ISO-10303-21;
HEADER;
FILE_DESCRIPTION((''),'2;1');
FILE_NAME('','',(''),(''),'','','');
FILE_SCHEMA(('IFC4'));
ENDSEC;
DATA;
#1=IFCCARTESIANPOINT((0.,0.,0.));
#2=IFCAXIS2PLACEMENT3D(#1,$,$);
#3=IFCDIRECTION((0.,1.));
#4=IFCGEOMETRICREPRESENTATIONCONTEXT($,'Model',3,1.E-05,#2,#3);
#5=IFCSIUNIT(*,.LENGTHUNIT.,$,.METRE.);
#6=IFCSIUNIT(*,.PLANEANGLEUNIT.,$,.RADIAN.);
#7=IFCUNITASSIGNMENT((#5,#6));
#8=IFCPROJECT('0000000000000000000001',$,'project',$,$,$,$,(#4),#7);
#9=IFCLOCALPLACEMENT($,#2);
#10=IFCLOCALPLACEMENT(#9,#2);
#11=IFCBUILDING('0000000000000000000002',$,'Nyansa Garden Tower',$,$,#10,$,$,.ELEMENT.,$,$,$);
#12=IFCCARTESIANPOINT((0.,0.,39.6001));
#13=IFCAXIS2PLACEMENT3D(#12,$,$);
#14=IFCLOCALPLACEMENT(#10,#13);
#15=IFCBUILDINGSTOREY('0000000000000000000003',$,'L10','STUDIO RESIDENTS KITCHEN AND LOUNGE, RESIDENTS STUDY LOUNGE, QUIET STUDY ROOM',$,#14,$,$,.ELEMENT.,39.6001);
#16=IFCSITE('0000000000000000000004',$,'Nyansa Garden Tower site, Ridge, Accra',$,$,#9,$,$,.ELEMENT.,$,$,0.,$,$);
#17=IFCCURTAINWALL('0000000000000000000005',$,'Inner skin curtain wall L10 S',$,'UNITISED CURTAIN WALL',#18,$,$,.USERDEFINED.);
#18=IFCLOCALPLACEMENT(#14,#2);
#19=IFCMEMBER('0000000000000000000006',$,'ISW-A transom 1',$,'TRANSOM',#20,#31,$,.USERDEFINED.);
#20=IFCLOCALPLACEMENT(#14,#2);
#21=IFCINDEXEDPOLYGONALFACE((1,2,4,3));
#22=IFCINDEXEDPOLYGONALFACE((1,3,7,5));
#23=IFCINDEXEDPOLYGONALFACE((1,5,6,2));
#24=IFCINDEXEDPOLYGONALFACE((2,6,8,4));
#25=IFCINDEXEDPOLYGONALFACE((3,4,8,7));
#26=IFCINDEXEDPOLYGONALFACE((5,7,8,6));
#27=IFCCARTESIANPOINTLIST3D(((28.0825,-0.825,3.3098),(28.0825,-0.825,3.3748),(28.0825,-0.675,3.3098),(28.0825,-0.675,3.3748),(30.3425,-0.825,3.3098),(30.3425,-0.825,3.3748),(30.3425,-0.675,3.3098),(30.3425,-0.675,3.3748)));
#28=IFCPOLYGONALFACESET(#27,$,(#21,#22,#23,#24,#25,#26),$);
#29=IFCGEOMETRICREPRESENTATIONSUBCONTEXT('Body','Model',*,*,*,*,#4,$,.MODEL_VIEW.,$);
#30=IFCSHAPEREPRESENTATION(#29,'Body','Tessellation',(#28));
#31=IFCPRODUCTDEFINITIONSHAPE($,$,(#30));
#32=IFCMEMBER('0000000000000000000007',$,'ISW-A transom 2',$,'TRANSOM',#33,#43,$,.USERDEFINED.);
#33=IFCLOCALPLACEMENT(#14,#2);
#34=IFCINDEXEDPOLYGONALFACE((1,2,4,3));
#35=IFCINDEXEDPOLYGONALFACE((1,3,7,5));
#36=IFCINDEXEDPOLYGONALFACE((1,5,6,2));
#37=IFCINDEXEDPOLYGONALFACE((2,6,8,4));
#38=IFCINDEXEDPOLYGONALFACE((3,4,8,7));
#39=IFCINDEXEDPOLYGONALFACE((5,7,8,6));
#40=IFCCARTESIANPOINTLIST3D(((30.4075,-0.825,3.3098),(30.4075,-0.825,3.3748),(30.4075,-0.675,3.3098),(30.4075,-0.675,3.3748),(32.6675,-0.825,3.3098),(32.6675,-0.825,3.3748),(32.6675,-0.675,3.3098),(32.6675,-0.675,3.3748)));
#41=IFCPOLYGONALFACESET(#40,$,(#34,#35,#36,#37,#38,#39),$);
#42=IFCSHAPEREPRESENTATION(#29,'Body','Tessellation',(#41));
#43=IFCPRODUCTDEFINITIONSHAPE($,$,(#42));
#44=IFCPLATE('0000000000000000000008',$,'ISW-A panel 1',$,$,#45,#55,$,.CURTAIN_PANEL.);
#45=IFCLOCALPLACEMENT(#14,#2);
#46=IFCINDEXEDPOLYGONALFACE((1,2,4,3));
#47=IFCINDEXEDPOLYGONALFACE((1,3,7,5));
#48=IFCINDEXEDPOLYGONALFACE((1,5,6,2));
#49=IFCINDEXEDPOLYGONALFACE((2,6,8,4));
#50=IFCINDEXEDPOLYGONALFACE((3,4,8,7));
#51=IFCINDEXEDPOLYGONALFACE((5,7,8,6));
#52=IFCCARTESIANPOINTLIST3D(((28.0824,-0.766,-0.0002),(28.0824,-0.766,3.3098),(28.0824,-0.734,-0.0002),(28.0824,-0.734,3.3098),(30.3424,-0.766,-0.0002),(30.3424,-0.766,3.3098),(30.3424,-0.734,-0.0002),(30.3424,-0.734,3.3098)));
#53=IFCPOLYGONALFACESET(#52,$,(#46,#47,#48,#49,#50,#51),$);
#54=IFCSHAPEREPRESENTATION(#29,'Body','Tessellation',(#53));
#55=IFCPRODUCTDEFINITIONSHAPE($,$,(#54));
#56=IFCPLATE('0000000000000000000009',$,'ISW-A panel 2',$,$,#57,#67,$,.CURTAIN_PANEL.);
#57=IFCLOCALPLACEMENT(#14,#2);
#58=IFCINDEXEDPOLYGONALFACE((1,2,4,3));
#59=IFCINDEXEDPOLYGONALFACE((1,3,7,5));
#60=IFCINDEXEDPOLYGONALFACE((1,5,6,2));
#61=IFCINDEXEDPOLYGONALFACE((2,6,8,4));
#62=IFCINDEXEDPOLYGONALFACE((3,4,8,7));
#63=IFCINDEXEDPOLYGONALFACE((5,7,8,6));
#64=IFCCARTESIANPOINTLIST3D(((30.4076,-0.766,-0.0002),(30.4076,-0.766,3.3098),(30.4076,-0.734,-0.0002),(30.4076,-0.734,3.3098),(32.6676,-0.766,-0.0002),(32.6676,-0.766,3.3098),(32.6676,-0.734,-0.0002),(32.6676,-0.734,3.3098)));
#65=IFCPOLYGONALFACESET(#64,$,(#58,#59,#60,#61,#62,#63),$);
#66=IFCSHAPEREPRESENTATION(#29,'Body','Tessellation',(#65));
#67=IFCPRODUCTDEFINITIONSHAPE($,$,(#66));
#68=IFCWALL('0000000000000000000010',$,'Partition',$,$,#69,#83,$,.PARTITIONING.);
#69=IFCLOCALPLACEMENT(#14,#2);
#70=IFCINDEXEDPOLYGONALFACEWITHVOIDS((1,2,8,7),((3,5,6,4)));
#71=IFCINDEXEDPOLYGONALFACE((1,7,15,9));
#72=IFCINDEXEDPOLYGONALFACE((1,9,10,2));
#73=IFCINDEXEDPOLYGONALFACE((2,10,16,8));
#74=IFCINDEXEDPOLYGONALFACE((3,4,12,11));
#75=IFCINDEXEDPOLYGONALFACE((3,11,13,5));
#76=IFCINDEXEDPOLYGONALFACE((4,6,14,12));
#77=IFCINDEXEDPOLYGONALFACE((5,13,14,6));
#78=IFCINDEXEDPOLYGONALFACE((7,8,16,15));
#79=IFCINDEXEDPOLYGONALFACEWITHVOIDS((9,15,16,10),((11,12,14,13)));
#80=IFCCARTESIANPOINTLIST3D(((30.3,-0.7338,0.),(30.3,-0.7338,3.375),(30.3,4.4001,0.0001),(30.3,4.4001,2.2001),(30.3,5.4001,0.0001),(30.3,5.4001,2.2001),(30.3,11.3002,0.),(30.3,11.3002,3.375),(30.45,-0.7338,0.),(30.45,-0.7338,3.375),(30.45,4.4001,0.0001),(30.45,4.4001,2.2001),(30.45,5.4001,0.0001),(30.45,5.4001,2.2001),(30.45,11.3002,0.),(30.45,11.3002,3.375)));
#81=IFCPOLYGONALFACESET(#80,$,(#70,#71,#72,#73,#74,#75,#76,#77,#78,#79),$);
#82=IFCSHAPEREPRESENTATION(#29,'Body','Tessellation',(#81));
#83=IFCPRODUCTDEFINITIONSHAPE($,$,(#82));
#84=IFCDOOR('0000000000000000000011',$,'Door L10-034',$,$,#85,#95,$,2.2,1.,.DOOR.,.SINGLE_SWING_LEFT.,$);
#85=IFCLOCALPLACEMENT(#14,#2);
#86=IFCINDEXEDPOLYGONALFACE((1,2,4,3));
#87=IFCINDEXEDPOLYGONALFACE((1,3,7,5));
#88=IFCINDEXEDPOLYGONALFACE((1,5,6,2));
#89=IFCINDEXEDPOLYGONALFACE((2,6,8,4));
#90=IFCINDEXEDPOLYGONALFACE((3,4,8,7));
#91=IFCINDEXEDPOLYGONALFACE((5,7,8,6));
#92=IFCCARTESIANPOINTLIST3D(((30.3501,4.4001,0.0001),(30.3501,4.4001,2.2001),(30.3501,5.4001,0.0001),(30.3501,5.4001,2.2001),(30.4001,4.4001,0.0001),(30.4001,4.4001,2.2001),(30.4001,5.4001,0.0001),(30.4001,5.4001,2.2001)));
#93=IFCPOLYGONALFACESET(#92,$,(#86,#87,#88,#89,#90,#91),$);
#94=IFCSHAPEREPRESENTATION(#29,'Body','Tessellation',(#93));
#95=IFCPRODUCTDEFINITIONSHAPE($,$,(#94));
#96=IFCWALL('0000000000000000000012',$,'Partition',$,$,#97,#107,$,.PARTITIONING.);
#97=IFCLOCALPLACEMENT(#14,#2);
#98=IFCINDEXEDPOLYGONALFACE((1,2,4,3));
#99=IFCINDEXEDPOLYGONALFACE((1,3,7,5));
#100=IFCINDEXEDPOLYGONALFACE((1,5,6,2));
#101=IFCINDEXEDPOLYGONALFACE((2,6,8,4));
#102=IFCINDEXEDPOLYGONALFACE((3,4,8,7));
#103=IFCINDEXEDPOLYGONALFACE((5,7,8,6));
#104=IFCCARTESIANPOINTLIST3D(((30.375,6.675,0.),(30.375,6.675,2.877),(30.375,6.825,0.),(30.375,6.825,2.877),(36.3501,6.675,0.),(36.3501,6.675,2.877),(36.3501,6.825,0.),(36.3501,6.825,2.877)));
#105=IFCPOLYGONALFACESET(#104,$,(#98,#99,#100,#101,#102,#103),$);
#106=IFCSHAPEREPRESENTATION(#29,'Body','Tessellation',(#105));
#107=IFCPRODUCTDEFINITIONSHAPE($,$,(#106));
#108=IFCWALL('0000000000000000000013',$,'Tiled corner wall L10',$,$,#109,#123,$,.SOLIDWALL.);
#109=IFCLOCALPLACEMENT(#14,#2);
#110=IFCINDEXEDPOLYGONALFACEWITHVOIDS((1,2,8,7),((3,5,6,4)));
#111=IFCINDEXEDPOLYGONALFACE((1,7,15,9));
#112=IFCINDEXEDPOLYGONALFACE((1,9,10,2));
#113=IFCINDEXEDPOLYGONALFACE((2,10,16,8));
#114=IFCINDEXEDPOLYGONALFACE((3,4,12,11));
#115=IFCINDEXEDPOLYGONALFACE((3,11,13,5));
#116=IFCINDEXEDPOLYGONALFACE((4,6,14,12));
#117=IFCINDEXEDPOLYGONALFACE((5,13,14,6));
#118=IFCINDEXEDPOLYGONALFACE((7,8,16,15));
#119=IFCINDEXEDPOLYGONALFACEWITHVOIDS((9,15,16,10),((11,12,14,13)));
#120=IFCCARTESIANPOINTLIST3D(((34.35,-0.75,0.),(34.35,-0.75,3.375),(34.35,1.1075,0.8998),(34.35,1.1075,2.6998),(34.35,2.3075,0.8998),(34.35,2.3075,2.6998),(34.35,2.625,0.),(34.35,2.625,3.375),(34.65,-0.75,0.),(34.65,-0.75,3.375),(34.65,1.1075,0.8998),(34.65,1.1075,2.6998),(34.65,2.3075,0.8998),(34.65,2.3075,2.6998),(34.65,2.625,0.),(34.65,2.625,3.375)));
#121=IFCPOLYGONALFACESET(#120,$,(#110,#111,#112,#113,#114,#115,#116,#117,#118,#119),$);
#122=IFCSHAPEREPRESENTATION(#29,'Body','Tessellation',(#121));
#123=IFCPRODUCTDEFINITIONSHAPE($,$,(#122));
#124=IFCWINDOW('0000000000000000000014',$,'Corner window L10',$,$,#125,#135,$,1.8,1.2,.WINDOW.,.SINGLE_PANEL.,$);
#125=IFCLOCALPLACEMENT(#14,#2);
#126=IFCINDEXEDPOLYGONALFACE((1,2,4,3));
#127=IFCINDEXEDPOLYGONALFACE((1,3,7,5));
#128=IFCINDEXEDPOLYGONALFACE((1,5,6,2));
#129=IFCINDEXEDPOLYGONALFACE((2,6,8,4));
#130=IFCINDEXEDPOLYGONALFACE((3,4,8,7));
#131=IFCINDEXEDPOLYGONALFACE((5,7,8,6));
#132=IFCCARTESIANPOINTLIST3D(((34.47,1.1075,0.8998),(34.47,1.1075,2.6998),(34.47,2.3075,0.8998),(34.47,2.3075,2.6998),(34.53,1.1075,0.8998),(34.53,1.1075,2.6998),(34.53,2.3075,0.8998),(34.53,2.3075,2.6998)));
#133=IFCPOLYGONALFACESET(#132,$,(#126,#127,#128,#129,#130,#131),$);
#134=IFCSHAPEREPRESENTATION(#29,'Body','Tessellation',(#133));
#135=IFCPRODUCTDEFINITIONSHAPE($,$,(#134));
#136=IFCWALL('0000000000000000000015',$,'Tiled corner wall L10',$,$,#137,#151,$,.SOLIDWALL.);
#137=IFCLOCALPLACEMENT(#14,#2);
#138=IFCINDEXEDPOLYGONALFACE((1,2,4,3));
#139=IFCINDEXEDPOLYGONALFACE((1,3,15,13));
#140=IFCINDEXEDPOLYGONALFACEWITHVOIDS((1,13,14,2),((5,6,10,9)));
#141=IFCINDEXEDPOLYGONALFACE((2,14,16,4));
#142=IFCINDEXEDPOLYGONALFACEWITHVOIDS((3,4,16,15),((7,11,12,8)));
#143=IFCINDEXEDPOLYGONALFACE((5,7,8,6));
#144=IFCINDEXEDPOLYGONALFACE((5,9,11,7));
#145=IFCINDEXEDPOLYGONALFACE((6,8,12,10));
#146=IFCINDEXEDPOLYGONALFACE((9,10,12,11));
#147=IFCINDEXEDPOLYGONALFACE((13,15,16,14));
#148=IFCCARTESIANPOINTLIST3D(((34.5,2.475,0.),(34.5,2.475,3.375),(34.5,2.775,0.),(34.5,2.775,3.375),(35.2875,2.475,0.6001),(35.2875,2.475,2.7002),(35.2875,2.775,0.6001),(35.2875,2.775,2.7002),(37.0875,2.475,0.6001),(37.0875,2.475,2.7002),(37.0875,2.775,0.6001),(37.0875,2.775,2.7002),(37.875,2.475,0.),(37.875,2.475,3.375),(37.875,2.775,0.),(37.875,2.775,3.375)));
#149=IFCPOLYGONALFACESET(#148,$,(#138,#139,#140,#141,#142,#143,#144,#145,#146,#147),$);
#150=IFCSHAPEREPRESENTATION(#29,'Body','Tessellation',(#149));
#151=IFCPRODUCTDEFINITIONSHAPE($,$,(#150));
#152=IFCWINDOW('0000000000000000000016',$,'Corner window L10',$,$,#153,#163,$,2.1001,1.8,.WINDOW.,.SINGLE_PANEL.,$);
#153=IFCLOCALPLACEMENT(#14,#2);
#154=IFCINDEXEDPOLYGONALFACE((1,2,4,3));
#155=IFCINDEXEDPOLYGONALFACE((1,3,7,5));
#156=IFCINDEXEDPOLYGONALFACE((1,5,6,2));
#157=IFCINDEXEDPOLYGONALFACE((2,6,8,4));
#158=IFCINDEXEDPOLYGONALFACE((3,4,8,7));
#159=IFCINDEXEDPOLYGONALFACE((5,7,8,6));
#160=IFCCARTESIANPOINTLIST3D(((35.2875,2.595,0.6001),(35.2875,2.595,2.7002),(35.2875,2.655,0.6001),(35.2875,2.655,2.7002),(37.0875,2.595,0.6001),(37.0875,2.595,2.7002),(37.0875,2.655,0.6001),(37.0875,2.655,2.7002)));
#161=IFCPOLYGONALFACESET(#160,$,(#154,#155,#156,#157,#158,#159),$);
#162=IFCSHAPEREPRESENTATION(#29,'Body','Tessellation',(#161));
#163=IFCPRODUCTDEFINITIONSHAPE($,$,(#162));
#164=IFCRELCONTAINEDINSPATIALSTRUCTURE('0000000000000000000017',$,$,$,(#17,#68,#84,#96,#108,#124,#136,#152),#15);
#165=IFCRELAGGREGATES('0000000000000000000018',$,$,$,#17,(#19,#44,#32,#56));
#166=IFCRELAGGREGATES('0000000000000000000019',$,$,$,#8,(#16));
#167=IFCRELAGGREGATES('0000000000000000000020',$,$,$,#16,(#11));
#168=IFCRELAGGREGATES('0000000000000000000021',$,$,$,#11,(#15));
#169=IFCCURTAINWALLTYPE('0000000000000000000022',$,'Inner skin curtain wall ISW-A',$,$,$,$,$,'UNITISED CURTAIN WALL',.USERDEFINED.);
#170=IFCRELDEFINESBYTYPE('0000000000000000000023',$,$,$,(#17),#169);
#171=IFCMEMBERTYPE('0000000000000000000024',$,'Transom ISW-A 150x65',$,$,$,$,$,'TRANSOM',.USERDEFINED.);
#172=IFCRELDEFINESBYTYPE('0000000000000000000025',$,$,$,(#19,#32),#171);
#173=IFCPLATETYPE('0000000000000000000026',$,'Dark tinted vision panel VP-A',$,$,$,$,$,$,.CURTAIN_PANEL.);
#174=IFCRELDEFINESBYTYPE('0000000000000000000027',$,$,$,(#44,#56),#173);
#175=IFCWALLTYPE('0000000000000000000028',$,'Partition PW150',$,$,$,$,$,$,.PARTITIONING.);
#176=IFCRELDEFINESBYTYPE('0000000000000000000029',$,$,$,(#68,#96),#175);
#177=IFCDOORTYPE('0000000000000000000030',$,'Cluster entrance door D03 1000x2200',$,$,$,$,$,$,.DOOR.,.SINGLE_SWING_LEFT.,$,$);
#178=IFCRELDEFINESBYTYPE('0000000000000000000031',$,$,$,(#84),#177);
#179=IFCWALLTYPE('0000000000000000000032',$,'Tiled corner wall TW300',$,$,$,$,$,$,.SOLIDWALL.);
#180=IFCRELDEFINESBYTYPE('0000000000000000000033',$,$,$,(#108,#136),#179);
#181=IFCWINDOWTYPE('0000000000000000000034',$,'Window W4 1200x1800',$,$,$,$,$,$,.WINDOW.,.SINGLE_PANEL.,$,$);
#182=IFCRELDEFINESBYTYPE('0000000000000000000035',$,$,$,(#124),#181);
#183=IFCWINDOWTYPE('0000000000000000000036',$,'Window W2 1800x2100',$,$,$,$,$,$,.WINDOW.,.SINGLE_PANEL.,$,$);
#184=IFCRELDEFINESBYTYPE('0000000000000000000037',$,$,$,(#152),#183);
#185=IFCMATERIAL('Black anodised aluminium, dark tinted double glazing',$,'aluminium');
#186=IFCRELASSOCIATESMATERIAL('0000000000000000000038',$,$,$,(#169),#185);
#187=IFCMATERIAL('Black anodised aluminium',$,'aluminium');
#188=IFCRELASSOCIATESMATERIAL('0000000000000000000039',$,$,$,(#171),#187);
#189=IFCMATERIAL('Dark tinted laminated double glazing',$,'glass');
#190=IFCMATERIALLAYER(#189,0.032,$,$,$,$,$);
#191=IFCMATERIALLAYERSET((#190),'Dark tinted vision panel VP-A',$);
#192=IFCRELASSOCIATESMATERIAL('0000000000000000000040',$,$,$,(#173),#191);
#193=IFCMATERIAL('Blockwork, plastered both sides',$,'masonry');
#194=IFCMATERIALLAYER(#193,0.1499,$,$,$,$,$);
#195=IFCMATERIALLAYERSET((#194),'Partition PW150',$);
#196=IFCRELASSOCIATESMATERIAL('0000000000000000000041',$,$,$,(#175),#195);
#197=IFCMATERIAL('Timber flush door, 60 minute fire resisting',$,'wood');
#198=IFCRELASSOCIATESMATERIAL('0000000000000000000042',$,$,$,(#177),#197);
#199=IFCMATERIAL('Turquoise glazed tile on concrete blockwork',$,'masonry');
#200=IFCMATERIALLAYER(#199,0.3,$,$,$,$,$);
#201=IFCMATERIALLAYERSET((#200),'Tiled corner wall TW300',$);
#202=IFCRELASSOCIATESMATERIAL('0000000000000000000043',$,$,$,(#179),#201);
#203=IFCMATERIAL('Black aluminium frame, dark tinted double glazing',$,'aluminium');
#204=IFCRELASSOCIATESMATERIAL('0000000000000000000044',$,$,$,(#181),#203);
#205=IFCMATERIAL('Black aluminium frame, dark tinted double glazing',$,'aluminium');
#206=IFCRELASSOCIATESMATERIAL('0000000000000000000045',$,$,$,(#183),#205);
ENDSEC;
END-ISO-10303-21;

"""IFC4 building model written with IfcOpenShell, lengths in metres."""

from ifc_helpers import new_model, si_unit, direction, frame, frame_2d, origin, origin_2d, place, context, subcontext, project, spatial, rectangle, extrude, material, layer, layer_set, material_profile, profile_set, type_object, element, fill, aggregate, save


model = new_model("IFC4")

# Units and contexts
model_context = context("Model", 3, precision=1e-05, world=origin(), true_north=direction((0.0, 1.0)))
body_context = subcontext(model_context, "Body", "Model", "MODEL_VIEW")
ifc_project = project(units=[si_unit("LENGTHUNIT", "METRE"), si_unit("PLANEANGLEUNIT", "RADIAN")], contexts=[model_context])

# Site, building, storey
site_placement = place(None, origin())
site = spatial("IfcSite", under=ifc_project, at=site_placement, Name="Nyansa Garden Tower site, Ridge, Accra", CompositionType="ELEMENT", RefElevation=0.0)
building_placement = place(site_placement, origin())
building = spatial("IfcBuilding", under=site, at=building_placement, Name="Nyansa Garden Tower", CompositionType="ELEMENT")
storey_placement = place(building_placement, frame((0.0, 0.0, 39.6001)))
storey = spatial("IfcBuildingStorey", under=building, at=storey_placement, Name="L10", Description="STUDIO RESIDENTS KITCHEN AND LOUNGE, RESIDENTS STUDY LOUNGE, QUIET STUDY ROOM", CompositionType="ELEMENT", Elevation=39.6001)

# Curtain wall
ifc_material_1 = material(Name="Black anodised aluminium, dark tinted double glazing", Category="aluminium")
curtain_wall_type = type_object("IfcCurtainWallType", Name="Inner skin curtain wall ISW-A", ElementType="UNITISED CURTAIN WALL", PredefinedType="USERDEFINED", material=ifc_material_1)
curtain_wall_placement = place(storey_placement, origin())
curtain_wall = element("IfcCurtainWall", 1, at=curtain_wall_placement, inside=storey, type_object=curtain_wall_type, Name="Inner skin curtain wall L10 S", ObjectType="UNITISED CURTAIN WALL", PredefinedType="USERDEFINED")

# Members
ifc_material_2 = material(Name="Black anodised aluminium", Category="aluminium")
ifc_material_profile_1 = material_profile(ifc_material_2, rectangle(XDim=0.1499, YDim=0.0649, at=origin_2d()), Name="Transom 150x65")
ifc_profile_set_1 = profile_set([ifc_material_profile_1], Name="Black anodised aluminium")
member_type_1 = type_object("IfcMemberType", Name="Transom ISW-A 150x65", ElementType="TRANSOM", PredefinedType="USERDEFINED", material=ifc_profile_set_1)
member_1_placement = place(storey_placement, frame((28.0825, -0.75, 3.3423), z_axis=(1.0, 0.0, 0.0), x_axis=(0.0, 1.0, 0.0)))
member_1 = element("IfcMember", 2, at=member_1_placement, type_object=member_type_1, Name="ISW-A transom 1", ObjectType="TRANSOM", PredefinedType="USERDEFINED", context=body_context, shape_type="SweptSolid", body=[
    extrude(rectangle(XDim=0.1499, YDim=0.0649, at=origin_2d()), origin(), (0.0, 0.0, 1.0), 2.26),
])
member_2_placement = place(storey_placement, frame((30.4075, -0.75, 3.3423), z_axis=(1.0, 0.0, 0.0), x_axis=(0.0, 1.0, 0.0)))
member_2 = element("IfcMember", 3, at=member_2_placement, type_object=member_type_1, Name="ISW-A transom 2", ObjectType="TRANSOM", PredefinedType="USERDEFINED", context=body_context, shape_type="SweptSolid", body=[
    extrude(rectangle(XDim=0.1499, YDim=0.0649, at=origin_2d()), origin(), (0.0, 0.0, 1.0), 2.26),
])

# Plates
ifc_material_3 = material(Name="Dark tinted laminated double glazing", Category="glass")
ifc_layer_1 = layer(ifc_material_3, 0.032)
ifc_layer_set_1 = layer_set([ifc_layer_1], Name="Dark tinted vision panel VP-A")
plate_type = type_object("IfcPlateType", Name="Dark tinted vision panel VP-A", PredefinedType="CURTAIN_PANEL", material=ifc_layer_set_1)
plate_1_placement = place(storey_placement, frame((29.2124, -0.75, -0.0002), z_axis=(0.0, 0.0, 1.0), x_axis=(1.0, 0.0, 0.0)))
plate_1 = element("IfcPlate", 4, at=plate_1_placement, type_object=plate_type, Name="ISW-A panel 1", PredefinedType="CURTAIN_PANEL", context=body_context, shape_type="SweptSolid", body=[
    extrude(rectangle(XDim=2.26, YDim=0.032, at=origin_2d()), origin(), (0.0, 0.0, 1.0), 3.3101),
])
plate_2_placement = place(storey_placement, frame((31.5376, -0.75, -0.0002), z_axis=(0.0, 0.0, 1.0), x_axis=(1.0, 0.0, 0.0)))
plate_2 = element("IfcPlate", 5, at=plate_2_placement, type_object=plate_type, Name="ISW-A panel 2", PredefinedType="CURTAIN_PANEL", context=body_context, shape_type="SweptSolid", body=[
    extrude(rectangle(XDim=2.26, YDim=0.032, at=origin_2d()), origin(), (0.0, 0.0, 1.0), 3.3101),
])
aggregate(curtain_wall, [member_1, plate_1, member_2, plate_2])

# Wall, opening, door
ifc_material_4 = material(Name="Blockwork, plastered both sides", Category="masonry")
ifc_layer_2 = layer(ifc_material_4, 0.1499)
ifc_layer_set_2 = layer_set([ifc_layer_2], Name="Partition PW150")
wall_type_1 = type_object("IfcWallType", Name="Partition PW150", PredefinedType="PARTITIONING", material=ifc_layer_set_2)
wall_1_placement = place(storey_placement, frame((30.375, -0.7339, 0.0), z_axis=(0.0, 0.0, 1.0), x_axis=(0.0, 1.0, 0.0)))
wall_1 = element("IfcWall", 6, at=wall_1_placement, inside=storey, type_object=wall_type_1, Name="Partition", PredefinedType="PARTITIONING", context=body_context, shape_type="SweptSolid", body=[
    extrude(rectangle(XDim=12.0339, YDim=0.1499, at=frame_2d((6.0171, 0.0))), origin(), (0.0, 0.0, 1.0), 3.375),
])
opening_1_placement = place(wall_1_placement, frame((5.134, 0.0, 0.0)))
opening_1 = element("IfcOpeningElement", 7, at=opening_1_placement, cuts=wall_1, PredefinedType="OPENING", context=body_context, shape_type="SweptSolid", body=[
    extrude(rectangle(XDim=1.0, YDim=2.2, at=frame_2d((0.5, 1.1001))), frame((0.0, 0.085, 0.0), z_axis=(0.0, -1.0, 0.0), x_axis=(1.0, 0.0, 0.0)), (0.0, 0.0, 1.0), 0.1699),
])
ifc_material_5 = material(Name="Timber flush door, 60 minute fire resisting", Category="wood")
door_type_1 = type_object("IfcDoorType", Name="Cluster entrance door D03 1000x2200", OperationType="SINGLE_SWING_LEFT", PredefinedType="DOOR", material=ifc_material_5)
door_1_placement = place(opening_1_placement, origin())
door_1 = element("IfcDoor", 8, at=door_1_placement, inside=storey, type_object=door_type_1, Name="Door L10-034", OperationType="SINGLE_SWING_LEFT", OverallHeight=2.2, OverallWidth=1.0, PredefinedType="DOOR", context=body_context, shape_type="SweptSolid", body=[
    extrude(rectangle(XDim=1.0, YDim=2.2, at=frame_2d((0.5, 1.1001))), frame((0.0, 0.0249, 0.0), z_axis=(0.0, -1.0, 0.0), x_axis=(1.0, 0.0, 0.0)), (0.0, 0.0, 1.0), 0.05),
])
fill(opening_1, door_1)

# Wall
wall_2_placement = place(storey_placement, frame((30.375, 6.75, 0.0), z_axis=(0.0, 0.0, 1.0), x_axis=(1.0, 0.0, 0.0)))
element("IfcWall", 9, at=wall_2_placement, inside=storey, type_object=wall_type_1, Name="Partition", PredefinedType="PARTITIONING", context=body_context, shape_type="SweptSolid", body=[
    extrude(rectangle(XDim=5.9751, YDim=0.1499, at=frame_2d((2.9875, 0.0))), origin(), (0.0, 0.0, 1.0), 2.877),
])

# Walls, openings, windows
ifc_material_6 = material(Name="Turquoise glazed tile on concrete blockwork", Category="masonry")
ifc_layer_3 = layer(ifc_material_6, 0.3)
ifc_layer_set_3 = layer_set([ifc_layer_3], Name="Tiled corner wall TW300")
wall_type_2 = type_object("IfcWallType", Name="Tiled corner wall TW300", PredefinedType="SOLIDWALL", material=ifc_layer_set_3)
wall_3_placement = place(storey_placement, frame((34.5, -0.75, 0.0), z_axis=(0.0, 0.0, 1.0), x_axis=(0.0, 1.0, 0.0)))
wall_3 = element("IfcWall", 10, at=wall_3_placement, inside=storey, type_object=wall_type_2, Name="Tiled corner wall L10", PredefinedType="SOLIDWALL", context=body_context, shape_type="SweptSolid", body=[
    extrude(rectangle(XDim=3.375, YDim=0.3, at=frame_2d((1.6875, 0.0))), origin(), (0.0, 0.0, 1.0), 3.375),
])
opening_2_placement = place(wall_3_placement, frame((1.8574, 0.0, 0.8999)))
opening_2 = element("IfcOpeningElement", 11, at=opening_2_placement, cuts=wall_3, PredefinedType="OPENING", context=body_context, shape_type="SweptSolid", body=[
    extrude(rectangle(XDim=1.2, YDim=1.8, at=frame_2d((0.6001, 0.8999))), frame((0.0, 0.1599, 0.0), z_axis=(0.0, -1.0, 0.0), x_axis=(1.0, 0.0, 0.0)), (0.0, 0.0, 1.0), 0.3201),
])
ifc_material_7 = material(Name="Black aluminium frame, dark tinted double glazing", Category="aluminium")
window_type_1 = type_object("IfcWindowType", Name="Window W4 1200x1800", PartitioningType="SINGLE_PANEL", PredefinedType="WINDOW", material=ifc_material_7)
window_1_placement = place(opening_2_placement, origin())
window_1 = element("IfcWindow", 12, at=window_1_placement, inside=storey, type_object=window_type_1, Name="Corner window L10", OverallHeight=1.8, OverallWidth=1.2, PartitioningType="SINGLE_PANEL", PredefinedType="WINDOW", context=body_context, shape_type="SweptSolid", body=[
    extrude(rectangle(XDim=1.2, YDim=1.8, at=frame_2d((0.6001, 0.8999))), frame((0.0, 0.03, 0.0), z_axis=(0.0, -1.0, 0.0), x_axis=(1.0, 0.0, 0.0)), (0.0, 0.0, 1.0), 0.0601),
])
fill(opening_2, window_1)
wall_4_placement = place(storey_placement, frame((34.5, 2.625, 0.0), z_axis=(0.0, 0.0, 1.0), x_axis=(1.0, 0.0, 0.0)))
wall_4 = element("IfcWall", 13, at=wall_4_placement, inside=storey, type_object=wall_type_2, Name="Tiled corner wall L10", PredefinedType="SOLIDWALL", context=body_context, shape_type="SweptSolid", body=[
    extrude(rectangle(XDim=3.375, YDim=0.3, at=frame_2d((1.6875, 0.0))), origin(), (0.0, 0.0, 1.0), 3.375),
])
opening_3_placement = place(wall_4_placement, frame((0.7876, 0.0, 0.6001)))
opening_3 = element("IfcOpeningElement", 14, at=opening_3_placement, cuts=wall_4, PredefinedType="OPENING", context=body_context, shape_type="SweptSolid", body=[
    extrude(rectangle(XDim=1.8, YDim=2.1001, at=frame_2d((0.8999, 1.05))), frame((0.0, 0.1599, 0.0), z_axis=(0.0, -1.0, 0.0), x_axis=(1.0, 0.0, 0.0)), (0.0, 0.0, 1.0), 0.3201),
])
ifc_material_8 = material(Name="Black aluminium frame, dark tinted double glazing", Category="aluminium")
window_type_2 = type_object("IfcWindowType", Name="Window W2 1800x2100", PartitioningType="SINGLE_PANEL", PredefinedType="WINDOW", material=ifc_material_8)
window_2_placement = place(opening_3_placement, origin())
window_2 = element("IfcWindow", 15, at=window_2_placement, inside=storey, type_object=window_type_2, Name="Corner window L10", OverallHeight=2.1001, OverallWidth=1.8, PartitioningType="SINGLE_PANEL", PredefinedType="WINDOW", context=body_context, shape_type="SweptSolid", body=[
    extrude(rectangle(XDim=1.8, YDim=2.1001, at=frame_2d((0.8999, 1.05))), frame((0.0, 0.03, 0.0), z_axis=(0.0, -1.0, 0.0), x_axis=(1.0, 0.0, 0.0)), (0.0, 0.0, 1.0), 0.0601),
])
fill(opening_3, window_2)

save(model, "model.ifc")
